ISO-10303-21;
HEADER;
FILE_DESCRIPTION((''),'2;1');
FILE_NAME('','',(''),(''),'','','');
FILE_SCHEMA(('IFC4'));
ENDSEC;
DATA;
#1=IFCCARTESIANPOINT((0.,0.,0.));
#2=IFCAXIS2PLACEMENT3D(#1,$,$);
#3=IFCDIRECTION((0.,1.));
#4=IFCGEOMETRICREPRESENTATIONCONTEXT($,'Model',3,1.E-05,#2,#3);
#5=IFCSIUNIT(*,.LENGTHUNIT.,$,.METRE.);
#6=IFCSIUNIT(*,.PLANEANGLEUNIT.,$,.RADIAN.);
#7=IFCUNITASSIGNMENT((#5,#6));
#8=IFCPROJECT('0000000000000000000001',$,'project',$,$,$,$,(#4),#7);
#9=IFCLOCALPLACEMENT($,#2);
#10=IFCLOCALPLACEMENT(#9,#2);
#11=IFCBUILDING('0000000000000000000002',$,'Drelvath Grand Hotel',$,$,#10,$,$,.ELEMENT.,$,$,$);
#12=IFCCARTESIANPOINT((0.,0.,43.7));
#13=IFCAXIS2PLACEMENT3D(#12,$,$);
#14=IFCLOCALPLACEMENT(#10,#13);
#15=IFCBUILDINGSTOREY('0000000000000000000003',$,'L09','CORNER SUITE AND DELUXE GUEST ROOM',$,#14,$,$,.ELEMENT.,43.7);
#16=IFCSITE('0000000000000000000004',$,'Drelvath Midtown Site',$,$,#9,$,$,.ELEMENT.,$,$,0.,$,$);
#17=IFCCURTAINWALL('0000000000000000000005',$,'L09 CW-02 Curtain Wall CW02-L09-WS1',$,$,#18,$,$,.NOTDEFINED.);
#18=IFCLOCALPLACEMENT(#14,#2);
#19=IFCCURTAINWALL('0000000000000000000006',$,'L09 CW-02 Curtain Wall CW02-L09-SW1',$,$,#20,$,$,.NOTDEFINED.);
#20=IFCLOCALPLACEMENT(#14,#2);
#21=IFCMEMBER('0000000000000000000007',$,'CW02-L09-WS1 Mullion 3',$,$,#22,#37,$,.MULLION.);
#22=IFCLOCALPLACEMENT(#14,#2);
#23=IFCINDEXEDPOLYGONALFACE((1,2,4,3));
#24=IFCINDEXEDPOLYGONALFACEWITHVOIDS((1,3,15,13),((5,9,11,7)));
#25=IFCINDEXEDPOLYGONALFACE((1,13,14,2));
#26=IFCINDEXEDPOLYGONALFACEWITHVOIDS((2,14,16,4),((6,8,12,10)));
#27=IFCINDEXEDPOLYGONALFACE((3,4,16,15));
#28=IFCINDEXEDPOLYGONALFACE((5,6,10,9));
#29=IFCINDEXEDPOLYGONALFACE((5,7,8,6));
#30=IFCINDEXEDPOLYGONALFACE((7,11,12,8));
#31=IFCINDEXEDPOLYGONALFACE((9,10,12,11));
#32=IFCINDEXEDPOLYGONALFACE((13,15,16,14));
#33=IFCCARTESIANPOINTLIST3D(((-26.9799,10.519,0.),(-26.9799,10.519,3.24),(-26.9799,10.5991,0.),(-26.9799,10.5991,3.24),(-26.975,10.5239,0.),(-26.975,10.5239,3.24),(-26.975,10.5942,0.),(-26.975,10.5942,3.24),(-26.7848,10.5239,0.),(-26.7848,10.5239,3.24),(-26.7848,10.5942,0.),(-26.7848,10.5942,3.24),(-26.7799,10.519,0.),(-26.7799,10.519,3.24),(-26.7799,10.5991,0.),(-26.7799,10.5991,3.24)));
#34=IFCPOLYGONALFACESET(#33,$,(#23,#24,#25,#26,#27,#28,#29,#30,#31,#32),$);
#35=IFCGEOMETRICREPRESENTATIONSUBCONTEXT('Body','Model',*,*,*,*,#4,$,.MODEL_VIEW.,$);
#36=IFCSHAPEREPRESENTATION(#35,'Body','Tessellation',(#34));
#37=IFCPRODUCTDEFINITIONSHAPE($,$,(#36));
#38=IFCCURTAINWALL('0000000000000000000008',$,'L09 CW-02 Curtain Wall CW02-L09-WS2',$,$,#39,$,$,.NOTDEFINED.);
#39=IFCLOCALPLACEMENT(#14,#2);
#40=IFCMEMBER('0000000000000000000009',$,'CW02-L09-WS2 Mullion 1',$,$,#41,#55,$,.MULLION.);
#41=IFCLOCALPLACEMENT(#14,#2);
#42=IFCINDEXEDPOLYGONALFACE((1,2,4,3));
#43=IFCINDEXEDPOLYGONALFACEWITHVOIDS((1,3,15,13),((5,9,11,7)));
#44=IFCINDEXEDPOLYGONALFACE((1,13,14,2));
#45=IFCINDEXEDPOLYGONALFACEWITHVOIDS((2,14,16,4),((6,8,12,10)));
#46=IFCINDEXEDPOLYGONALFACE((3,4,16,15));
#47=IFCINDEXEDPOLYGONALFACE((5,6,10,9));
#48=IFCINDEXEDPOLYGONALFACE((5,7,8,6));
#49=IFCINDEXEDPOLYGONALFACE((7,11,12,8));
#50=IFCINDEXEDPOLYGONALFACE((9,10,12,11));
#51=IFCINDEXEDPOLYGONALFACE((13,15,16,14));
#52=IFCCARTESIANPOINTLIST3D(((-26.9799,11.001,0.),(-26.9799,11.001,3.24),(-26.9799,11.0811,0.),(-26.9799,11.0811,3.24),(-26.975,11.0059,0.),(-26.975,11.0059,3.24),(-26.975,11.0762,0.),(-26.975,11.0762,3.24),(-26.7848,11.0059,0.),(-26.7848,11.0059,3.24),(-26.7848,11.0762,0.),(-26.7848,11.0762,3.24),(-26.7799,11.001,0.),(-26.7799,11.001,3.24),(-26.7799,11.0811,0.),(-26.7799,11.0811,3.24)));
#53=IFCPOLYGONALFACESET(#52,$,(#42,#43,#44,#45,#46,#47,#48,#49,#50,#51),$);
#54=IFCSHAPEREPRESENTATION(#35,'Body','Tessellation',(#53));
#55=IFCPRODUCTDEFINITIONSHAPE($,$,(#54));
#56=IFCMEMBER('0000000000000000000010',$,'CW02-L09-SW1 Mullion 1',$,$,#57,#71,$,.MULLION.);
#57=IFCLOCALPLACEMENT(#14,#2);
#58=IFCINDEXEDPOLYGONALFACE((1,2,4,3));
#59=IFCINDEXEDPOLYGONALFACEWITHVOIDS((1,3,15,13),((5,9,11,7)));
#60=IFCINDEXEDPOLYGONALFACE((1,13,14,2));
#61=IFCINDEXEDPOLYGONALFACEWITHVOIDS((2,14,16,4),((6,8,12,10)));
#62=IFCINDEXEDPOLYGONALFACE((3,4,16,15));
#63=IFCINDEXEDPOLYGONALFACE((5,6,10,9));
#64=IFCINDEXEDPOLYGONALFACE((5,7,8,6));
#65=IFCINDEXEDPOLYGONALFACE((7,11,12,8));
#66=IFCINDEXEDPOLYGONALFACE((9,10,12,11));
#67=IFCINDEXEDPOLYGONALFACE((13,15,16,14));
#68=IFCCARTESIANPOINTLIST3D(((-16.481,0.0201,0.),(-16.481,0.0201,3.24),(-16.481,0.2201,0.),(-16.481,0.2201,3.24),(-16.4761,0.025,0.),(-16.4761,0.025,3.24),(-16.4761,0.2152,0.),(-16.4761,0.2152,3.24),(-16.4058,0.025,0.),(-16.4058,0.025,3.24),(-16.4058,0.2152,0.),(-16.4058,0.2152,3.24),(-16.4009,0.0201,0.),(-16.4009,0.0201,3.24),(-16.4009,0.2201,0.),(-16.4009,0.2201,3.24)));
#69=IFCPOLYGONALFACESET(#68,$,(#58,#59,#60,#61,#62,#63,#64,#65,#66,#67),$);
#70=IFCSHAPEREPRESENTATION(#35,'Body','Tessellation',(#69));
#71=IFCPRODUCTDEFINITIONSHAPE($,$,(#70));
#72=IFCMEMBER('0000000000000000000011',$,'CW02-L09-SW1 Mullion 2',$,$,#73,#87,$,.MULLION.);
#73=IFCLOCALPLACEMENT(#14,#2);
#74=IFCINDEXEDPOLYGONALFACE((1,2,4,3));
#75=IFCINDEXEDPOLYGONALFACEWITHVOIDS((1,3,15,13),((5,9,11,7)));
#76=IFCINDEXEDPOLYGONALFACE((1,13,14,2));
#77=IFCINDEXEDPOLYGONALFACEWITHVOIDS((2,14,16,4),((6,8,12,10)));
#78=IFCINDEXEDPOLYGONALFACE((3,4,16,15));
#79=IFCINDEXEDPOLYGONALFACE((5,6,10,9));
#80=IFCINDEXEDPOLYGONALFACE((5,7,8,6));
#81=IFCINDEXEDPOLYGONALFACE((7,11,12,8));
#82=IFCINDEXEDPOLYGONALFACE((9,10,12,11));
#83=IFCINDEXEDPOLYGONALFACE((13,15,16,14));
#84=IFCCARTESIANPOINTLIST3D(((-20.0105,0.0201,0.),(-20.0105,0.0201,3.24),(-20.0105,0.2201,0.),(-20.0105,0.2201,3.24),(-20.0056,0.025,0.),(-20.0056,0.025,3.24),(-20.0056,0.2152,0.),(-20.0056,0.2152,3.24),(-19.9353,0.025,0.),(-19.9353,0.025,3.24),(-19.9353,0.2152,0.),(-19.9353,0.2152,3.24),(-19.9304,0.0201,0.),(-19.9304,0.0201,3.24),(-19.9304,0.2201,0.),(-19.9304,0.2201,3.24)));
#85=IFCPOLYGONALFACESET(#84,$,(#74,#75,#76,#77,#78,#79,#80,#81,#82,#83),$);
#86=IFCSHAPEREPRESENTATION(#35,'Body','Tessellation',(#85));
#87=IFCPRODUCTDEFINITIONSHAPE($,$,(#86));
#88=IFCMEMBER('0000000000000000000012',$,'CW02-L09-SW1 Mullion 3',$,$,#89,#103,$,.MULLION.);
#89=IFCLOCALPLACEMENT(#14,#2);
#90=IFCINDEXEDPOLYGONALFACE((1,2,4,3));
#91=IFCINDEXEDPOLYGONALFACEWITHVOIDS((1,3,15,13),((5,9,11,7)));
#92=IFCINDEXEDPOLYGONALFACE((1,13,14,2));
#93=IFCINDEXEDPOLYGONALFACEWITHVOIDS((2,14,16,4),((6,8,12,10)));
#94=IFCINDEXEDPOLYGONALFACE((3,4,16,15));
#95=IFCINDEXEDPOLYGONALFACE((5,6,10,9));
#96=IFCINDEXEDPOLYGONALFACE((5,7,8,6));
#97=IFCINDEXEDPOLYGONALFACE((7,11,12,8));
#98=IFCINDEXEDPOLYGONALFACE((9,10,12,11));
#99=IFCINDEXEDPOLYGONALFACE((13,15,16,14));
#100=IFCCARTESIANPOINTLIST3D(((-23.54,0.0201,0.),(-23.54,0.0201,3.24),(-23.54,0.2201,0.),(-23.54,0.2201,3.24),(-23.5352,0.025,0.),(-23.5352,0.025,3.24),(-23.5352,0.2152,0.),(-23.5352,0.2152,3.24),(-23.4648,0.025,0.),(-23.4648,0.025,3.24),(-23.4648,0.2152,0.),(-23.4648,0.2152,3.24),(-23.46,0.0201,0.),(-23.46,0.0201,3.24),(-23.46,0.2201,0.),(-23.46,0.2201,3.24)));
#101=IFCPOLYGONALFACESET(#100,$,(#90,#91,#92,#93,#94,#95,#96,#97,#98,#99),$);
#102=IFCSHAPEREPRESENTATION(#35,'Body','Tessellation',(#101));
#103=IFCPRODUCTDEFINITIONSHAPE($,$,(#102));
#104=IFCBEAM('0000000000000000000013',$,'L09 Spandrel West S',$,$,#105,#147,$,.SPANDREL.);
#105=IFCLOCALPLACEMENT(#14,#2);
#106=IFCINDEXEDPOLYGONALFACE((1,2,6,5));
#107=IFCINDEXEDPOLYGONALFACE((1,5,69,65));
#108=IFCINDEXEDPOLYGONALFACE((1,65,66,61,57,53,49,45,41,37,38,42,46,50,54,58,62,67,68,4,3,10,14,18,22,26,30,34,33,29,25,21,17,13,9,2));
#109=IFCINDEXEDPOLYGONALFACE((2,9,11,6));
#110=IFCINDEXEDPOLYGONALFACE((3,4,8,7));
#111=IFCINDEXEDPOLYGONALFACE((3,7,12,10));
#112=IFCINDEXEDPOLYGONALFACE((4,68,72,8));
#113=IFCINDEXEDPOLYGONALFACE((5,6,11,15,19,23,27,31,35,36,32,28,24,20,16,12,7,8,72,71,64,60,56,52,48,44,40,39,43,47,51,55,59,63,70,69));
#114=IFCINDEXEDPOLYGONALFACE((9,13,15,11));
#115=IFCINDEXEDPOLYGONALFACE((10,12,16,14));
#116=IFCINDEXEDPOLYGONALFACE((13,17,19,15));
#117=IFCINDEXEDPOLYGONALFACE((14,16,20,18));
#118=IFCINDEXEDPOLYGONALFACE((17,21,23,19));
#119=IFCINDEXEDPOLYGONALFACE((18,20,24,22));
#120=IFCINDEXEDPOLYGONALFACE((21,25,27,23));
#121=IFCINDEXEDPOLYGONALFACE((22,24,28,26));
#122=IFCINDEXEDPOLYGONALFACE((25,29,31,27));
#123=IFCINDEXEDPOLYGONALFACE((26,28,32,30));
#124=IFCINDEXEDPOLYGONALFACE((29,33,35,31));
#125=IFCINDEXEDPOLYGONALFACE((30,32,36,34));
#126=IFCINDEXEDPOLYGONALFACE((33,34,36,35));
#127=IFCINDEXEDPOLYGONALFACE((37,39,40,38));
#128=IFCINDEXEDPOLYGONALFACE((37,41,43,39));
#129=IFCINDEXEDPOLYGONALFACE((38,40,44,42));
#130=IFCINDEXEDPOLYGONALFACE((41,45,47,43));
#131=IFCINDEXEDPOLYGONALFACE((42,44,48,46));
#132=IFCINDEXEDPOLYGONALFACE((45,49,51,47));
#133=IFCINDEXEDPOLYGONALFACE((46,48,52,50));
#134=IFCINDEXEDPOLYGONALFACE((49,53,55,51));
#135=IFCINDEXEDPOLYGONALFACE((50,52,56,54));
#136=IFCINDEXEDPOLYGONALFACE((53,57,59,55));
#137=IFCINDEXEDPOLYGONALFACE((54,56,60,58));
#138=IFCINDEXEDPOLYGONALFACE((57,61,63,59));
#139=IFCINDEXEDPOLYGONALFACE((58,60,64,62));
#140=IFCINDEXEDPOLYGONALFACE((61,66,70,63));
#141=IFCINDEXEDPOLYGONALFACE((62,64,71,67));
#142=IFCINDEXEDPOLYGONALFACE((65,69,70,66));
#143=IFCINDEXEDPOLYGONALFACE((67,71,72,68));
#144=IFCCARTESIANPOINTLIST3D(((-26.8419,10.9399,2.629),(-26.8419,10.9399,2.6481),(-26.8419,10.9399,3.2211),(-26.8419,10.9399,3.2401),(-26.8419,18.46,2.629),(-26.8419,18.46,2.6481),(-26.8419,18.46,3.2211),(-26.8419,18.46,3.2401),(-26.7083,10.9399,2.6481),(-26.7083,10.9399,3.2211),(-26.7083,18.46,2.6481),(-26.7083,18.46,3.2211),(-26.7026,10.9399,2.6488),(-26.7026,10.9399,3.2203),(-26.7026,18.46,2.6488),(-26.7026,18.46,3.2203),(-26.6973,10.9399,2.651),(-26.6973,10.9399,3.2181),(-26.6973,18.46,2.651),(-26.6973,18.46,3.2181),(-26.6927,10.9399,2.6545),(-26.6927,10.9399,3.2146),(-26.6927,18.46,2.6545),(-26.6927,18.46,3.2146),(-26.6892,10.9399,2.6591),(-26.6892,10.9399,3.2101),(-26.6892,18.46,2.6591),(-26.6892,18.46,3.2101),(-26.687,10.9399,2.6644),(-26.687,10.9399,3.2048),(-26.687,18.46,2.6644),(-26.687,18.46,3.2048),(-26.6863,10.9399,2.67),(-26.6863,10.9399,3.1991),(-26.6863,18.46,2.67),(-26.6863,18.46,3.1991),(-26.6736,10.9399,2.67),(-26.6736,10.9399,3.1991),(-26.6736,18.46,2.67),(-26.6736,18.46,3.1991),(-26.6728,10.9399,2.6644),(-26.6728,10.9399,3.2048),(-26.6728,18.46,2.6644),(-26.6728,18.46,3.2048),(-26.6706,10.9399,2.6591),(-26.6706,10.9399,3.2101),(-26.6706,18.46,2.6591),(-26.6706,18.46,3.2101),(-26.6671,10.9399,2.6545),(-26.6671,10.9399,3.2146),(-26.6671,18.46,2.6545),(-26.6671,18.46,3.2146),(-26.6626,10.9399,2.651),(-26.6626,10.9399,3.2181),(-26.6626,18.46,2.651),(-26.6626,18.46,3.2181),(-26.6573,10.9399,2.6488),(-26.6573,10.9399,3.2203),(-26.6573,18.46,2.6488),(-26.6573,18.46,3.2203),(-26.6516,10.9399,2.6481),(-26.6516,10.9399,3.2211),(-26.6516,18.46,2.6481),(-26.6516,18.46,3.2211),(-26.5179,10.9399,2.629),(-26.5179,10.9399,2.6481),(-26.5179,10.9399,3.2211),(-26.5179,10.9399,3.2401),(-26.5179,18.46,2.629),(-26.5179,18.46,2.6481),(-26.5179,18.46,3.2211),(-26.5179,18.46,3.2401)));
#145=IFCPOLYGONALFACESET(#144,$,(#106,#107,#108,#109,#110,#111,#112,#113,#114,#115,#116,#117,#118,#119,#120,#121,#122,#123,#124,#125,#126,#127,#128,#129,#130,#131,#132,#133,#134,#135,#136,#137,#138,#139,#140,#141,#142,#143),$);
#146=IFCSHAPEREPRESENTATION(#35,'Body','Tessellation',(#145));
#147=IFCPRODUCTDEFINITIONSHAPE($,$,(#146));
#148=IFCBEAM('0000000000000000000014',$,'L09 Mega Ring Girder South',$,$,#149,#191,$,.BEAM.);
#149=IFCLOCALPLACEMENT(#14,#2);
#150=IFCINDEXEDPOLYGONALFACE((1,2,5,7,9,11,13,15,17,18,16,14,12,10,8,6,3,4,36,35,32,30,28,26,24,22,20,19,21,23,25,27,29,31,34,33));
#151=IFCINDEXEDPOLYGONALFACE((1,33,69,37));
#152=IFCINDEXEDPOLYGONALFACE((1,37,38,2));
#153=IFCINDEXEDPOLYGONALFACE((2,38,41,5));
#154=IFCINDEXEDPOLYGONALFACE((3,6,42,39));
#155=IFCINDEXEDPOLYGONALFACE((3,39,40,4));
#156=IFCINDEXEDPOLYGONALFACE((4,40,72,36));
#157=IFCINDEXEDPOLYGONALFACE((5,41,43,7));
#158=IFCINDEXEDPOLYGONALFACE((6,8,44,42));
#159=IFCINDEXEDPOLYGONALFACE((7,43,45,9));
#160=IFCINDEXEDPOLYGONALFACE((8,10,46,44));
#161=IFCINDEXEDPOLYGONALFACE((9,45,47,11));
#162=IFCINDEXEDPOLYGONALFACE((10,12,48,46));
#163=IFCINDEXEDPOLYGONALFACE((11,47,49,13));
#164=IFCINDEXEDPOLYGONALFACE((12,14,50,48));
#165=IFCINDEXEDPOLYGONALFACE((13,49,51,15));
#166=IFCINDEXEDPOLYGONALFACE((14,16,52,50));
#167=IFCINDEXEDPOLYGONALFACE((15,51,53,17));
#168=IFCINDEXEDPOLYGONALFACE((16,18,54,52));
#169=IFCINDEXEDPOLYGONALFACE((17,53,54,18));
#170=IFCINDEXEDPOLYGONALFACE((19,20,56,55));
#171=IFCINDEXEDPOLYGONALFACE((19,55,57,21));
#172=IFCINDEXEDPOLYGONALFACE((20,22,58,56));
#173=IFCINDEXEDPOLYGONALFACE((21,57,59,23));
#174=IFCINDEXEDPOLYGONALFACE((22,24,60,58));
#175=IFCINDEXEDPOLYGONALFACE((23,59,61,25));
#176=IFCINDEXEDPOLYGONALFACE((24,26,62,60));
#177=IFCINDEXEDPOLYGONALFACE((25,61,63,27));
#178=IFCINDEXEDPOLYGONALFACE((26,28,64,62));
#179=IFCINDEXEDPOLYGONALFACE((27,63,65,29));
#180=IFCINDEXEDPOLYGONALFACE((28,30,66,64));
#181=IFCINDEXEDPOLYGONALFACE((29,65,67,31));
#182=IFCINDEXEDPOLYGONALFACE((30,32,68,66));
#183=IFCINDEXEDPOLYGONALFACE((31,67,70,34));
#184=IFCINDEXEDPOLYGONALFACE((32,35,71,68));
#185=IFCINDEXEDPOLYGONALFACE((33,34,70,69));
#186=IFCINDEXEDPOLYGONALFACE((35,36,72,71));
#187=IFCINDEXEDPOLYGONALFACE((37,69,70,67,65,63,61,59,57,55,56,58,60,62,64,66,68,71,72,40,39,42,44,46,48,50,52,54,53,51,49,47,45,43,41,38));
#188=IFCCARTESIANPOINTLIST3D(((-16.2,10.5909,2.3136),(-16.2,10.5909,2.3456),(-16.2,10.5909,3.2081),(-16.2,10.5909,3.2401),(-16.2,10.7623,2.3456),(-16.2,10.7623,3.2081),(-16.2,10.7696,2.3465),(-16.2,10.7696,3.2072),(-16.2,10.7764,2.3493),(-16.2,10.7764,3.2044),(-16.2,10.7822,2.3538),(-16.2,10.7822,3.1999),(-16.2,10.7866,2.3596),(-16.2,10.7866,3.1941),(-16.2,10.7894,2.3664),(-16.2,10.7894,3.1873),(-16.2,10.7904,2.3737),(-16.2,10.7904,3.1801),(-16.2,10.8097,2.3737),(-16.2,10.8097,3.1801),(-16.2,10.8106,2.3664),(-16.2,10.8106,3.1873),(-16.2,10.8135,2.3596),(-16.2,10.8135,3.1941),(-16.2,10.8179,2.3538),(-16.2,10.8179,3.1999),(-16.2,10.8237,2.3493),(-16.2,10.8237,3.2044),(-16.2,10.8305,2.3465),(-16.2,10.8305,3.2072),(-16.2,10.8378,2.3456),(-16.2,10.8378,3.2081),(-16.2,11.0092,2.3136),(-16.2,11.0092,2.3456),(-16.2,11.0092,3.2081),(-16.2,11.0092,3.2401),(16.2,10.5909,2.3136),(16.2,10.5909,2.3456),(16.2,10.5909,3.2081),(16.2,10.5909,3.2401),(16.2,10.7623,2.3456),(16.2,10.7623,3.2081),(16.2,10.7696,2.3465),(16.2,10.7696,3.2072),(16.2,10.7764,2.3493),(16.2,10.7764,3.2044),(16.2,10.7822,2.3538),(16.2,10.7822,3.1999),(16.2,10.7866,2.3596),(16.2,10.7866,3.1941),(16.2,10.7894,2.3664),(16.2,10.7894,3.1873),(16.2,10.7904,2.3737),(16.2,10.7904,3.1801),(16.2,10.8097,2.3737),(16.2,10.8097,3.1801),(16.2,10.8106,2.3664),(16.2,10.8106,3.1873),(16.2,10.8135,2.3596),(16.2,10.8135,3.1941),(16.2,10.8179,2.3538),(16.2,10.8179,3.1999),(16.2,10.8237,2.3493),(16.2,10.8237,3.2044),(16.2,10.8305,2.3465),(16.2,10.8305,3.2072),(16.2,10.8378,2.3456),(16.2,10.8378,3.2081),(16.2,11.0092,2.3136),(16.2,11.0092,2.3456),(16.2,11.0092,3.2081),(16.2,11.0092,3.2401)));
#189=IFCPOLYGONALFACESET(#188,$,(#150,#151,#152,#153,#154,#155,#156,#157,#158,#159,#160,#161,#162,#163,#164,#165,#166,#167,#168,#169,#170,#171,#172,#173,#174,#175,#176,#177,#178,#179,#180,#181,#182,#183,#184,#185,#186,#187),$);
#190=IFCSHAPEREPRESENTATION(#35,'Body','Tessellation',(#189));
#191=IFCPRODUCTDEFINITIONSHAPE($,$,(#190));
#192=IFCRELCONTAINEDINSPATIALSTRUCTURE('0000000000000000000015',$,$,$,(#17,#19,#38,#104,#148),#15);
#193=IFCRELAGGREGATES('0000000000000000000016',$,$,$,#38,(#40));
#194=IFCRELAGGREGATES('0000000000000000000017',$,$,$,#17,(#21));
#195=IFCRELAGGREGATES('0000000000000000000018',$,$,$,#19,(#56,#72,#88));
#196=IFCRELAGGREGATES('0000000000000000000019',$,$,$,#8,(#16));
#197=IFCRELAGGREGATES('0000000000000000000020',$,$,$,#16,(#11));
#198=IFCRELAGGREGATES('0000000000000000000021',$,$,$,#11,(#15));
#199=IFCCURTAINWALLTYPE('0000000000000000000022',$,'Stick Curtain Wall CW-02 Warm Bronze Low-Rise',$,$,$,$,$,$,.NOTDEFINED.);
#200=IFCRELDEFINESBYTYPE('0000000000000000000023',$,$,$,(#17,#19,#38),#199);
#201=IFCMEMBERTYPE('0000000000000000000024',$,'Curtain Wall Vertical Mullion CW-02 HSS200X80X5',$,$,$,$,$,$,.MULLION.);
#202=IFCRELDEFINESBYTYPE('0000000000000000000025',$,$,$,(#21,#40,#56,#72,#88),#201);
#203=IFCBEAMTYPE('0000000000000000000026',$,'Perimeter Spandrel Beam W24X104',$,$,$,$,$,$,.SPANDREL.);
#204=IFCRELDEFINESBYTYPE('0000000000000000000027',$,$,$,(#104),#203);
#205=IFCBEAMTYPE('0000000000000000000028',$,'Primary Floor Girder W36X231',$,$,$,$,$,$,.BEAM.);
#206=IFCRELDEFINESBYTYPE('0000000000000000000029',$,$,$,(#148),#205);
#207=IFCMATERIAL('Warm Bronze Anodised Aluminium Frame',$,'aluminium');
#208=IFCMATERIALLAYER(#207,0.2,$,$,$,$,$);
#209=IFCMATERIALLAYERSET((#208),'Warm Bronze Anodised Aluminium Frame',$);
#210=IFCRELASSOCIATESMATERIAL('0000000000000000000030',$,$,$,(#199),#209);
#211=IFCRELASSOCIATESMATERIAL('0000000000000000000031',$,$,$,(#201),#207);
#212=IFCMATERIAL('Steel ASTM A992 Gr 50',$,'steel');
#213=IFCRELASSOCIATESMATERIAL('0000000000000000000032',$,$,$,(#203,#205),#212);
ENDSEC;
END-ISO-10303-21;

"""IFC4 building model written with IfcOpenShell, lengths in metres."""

from ifc_helpers import new_model, si_unit, direction, frame, origin, origin_2d, place, context, subcontext, project, spatial, hollow_rectangle, i_section, extrude, material, layer, layer_set, material_profile, profile_set, type_object, element, aggregate, save


model = new_model("IFC4")

# Units and contexts
model_context = context("Model", 3, precision=1e-05, world=origin(), true_north=direction((0.0, 1.0)))
body_context = subcontext(model_context, "Body", "Model", "MODEL_VIEW")
ifc_project = project(units=[si_unit("LENGTHUNIT", "METRE"), si_unit("PLANEANGLEUNIT", "RADIAN")], contexts=[model_context])

# Site, building, storey
site_placement = place(None, origin())
site = spatial("IfcSite", under=ifc_project, at=site_placement, Name="Drelvath Midtown Site", CompositionType="ELEMENT", RefElevation=0.0)
building_placement = place(site_placement, origin())
building = spatial("IfcBuilding", under=site, at=building_placement, Name="Drelvath Grand Hotel", CompositionType="ELEMENT")
storey_placement = place(building_placement, frame((0.0, 0.0, 43.7)))
storey = spatial("IfcBuildingStorey", under=building, at=storey_placement, Name="L09", Description="CORNER SUITE AND DELUXE GUEST ROOM", CompositionType="ELEMENT", Elevation=43.7)

# Curtain walls
ifc_material_1 = material(Name="Warm Bronze Anodised Aluminium Frame", Category="aluminium")
ifc_layer_1 = layer(ifc_material_1, 0.2)
ifc_layer_set_1 = layer_set([ifc_layer_1], Name="Warm Bronze Anodised Aluminium Frame")
curtain_wall_type = type_object("IfcCurtainWallType", Name="Stick Curtain Wall CW-02 Warm Bronze Low-Rise", PredefinedType="NOTDEFINED", material=ifc_layer_set_1)
curtain_wall_1_placement = place(storey_placement, origin())
curtain_wall_1 = element("IfcCurtainWall", 1, at=curtain_wall_1_placement, inside=storey, type_object=curtain_wall_type, Name="L09 CW-02 Curtain Wall CW02-L09-WS1", PredefinedType="NOTDEFINED")
curtain_wall_2_placement = place(storey_placement, origin())
curtain_wall_2 = element("IfcCurtainWall", 2, at=curtain_wall_2_placement, inside=storey, type_object=curtain_wall_type, Name="L09 CW-02 Curtain Wall CW02-L09-SW1", PredefinedType="NOTDEFINED")

# Member
ifc_material_profile_1 = material_profile(ifc_material_1, hollow_rectangle(XDim=0.0801, YDim=0.2, WallThickness=0.0049, at=origin_2d()), Name="HSS200X80X5")
ifc_profile_set_1 = profile_set([ifc_material_profile_1], Name="Warm Bronze Anodised Aluminium Frame")
member_type_1 = type_object("IfcMemberType", Name="Curtain Wall Vertical Mullion CW-02 HSS200X80X5", PredefinedType="MULLION", material=ifc_profile_set_1)
member_1_placement = place(storey_placement, frame((-26.8799, 10.5591, 0.0), z_axis=(0.0, 0.0, 1.0), x_axis=(0.0, 1.0, 0.0)))
member_1 = element("IfcMember", 3, at=member_1_placement, type_object=member_type_1, Name="CW02-L09-WS1 Mullion 3", PredefinedType="MULLION", context=body_context, shape_type="SweptSolid", body=[
    extrude(hollow_rectangle(XDim=0.0801, YDim=0.2, WallThickness=0.0049, at=origin_2d()), origin(), (0.0, 0.0, 1.0), 3.24),
])

# Curtain wall, member
curtain_wall_3_placement = place(storey_placement, origin())
curtain_wall_3 = element("IfcCurtainWall", 4, at=curtain_wall_3_placement, inside=storey, type_object=curtain_wall_type, Name="L09 CW-02 Curtain Wall CW02-L09-WS2", PredefinedType="NOTDEFINED")
member_2_placement = place(storey_placement, frame((-26.8799, 11.041, 0.0), z_axis=(0.0, 0.0, 1.0), x_axis=(0.0, 1.0, 0.0)))
member_2 = element("IfcMember", 5, at=member_2_placement, type_object=member_type_1, Name="CW02-L09-WS2 Mullion 1", PredefinedType="MULLION", context=body_context, shape_type="SweptSolid", body=[
    extrude(hollow_rectangle(XDim=0.0801, YDim=0.2, WallThickness=0.0049, at=origin_2d()), origin(), (0.0, 0.0, 1.0), 3.24),
])
aggregate(curtain_wall_3, [member_2])

# Members
member_3_placement = place(storey_placement, frame((-16.4409, 0.1201, 0.0), z_axis=(0.0, 0.0, 1.0), x_axis=(1.0, 0.0, 0.0)))
member_3 = element("IfcMember", 6, at=member_3_placement, type_object=member_type_1, Name="CW02-L09-SW1 Mullion 1", PredefinedType="MULLION", context=body_context, shape_type="SweptSolid", body=[
    extrude(hollow_rectangle(XDim=0.0801, YDim=0.2, WallThickness=0.0049, at=origin_2d()), origin(), (0.0, 0.0, 1.0), 3.24),
])
member_4_placement = place(storey_placement, frame((-19.9705, 0.1201, 0.0), z_axis=(0.0, 0.0, 1.0), x_axis=(1.0, 0.0, 0.0)))
member_4 = element("IfcMember", 7, at=member_4_placement, type_object=member_type_1, Name="CW02-L09-SW1 Mullion 2", PredefinedType="MULLION", context=body_context, shape_type="SweptSolid", body=[
    extrude(hollow_rectangle(XDim=0.0801, YDim=0.2, WallThickness=0.0049, at=origin_2d()), origin(), (0.0, 0.0, 1.0), 3.24),
])
member_5_placement = place(storey_placement, frame((-23.5, 0.1201, 0.0), z_axis=(0.0, 0.0, 1.0), x_axis=(1.0, 0.0, 0.0)))
member_5 = element("IfcMember", 8, at=member_5_placement, type_object=member_type_1, Name="CW02-L09-SW1 Mullion 3", PredefinedType="MULLION", context=body_context, shape_type="SweptSolid", body=[
    extrude(hollow_rectangle(XDim=0.0801, YDim=0.2, WallThickness=0.0049, at=origin_2d()), origin(), (0.0, 0.0, 1.0), 3.24),
])

# Beams
ifc_material_2 = material(Name="Steel ASTM A992 Gr 50", Category="steel")
ifc_material_profile_2 = material_profile(ifc_material_2, i_section(OverallWidth=0.324, OverallDepth=0.6111, WebThickness=0.0127, FlangeThickness=0.019, FilletRadius=0.022, at=origin_2d()), Name="W24X104")
ifc_profile_set_2 = profile_set([ifc_material_profile_2], Name="Steel ASTM A992 Gr 50")
beam_type_1 = type_object("IfcBeamType", Name="Perimeter Spandrel Beam W24X104", PredefinedType="SPANDREL", material=ifc_profile_set_2)
beam_placement = place(storey_placement, frame((-26.6799, 10.9399, 2.9346), z_axis=(0.0, 1.0, 0.0), x_axis=(-1.0, 0.0, 0.0)))
element("IfcBeam", 9, at=beam_placement, inside=storey, type_object=beam_type_1, Name="L09 Spandrel West S", PredefinedType="SPANDREL", context=body_context, shape_type="SweptSolid", body=[
    extrude(i_section(OverallWidth=0.324, OverallDepth=0.6111, WebThickness=0.0127, FlangeThickness=0.019, FilletRadius=0.022, at=origin_2d()), origin(), (0.0, 0.0, 1.0), 7.52),
])
ifc_material_profile_3 = material_profile(ifc_material_2, i_section(OverallWidth=0.4182, OverallDepth=0.9265, WebThickness=0.0193, FlangeThickness=0.032, FilletRadius=0.0281, at=origin_2d()), Name="W36X231")
ifc_profile_set_3 = profile_set([ifc_material_profile_3], Name="Steel ASTM A992 Gr 50")
beam_type_2 = type_object("IfcBeamType", Name="Primary Floor Girder W36X231", PredefinedType="BEAM", material=ifc_profile_set_3)
for number, where, z_axis, x_axis, name in (
    (10, (-16.2, 10.8, 2.7769), (1.0, 0.0, 0.0), (0.0, 1.0, 0.0), "L09 Mega Ring Girder South"),
):
    element("IfcBeam", number, at=place(storey_placement, frame(where, z_axis=z_axis, x_axis=x_axis)), inside=storey, type_object=beam_type_2, Name=name, PredefinedType="BEAM", context=body_context, shape_type="SweptSolid", body=[
        extrude(i_section(OverallWidth=0.4182, OverallDepth=0.9265, WebThickness=0.0193, FlangeThickness=0.032, FilletRadius=0.0281, at=origin_2d()), origin(), (0.0, 0.0, 1.0), 32.3999),
    ])

aggregate(curtain_wall_1, [member_1])
aggregate(curtain_wall_2, [member_3, member_4, member_5])

save(model, "model.ifc")
